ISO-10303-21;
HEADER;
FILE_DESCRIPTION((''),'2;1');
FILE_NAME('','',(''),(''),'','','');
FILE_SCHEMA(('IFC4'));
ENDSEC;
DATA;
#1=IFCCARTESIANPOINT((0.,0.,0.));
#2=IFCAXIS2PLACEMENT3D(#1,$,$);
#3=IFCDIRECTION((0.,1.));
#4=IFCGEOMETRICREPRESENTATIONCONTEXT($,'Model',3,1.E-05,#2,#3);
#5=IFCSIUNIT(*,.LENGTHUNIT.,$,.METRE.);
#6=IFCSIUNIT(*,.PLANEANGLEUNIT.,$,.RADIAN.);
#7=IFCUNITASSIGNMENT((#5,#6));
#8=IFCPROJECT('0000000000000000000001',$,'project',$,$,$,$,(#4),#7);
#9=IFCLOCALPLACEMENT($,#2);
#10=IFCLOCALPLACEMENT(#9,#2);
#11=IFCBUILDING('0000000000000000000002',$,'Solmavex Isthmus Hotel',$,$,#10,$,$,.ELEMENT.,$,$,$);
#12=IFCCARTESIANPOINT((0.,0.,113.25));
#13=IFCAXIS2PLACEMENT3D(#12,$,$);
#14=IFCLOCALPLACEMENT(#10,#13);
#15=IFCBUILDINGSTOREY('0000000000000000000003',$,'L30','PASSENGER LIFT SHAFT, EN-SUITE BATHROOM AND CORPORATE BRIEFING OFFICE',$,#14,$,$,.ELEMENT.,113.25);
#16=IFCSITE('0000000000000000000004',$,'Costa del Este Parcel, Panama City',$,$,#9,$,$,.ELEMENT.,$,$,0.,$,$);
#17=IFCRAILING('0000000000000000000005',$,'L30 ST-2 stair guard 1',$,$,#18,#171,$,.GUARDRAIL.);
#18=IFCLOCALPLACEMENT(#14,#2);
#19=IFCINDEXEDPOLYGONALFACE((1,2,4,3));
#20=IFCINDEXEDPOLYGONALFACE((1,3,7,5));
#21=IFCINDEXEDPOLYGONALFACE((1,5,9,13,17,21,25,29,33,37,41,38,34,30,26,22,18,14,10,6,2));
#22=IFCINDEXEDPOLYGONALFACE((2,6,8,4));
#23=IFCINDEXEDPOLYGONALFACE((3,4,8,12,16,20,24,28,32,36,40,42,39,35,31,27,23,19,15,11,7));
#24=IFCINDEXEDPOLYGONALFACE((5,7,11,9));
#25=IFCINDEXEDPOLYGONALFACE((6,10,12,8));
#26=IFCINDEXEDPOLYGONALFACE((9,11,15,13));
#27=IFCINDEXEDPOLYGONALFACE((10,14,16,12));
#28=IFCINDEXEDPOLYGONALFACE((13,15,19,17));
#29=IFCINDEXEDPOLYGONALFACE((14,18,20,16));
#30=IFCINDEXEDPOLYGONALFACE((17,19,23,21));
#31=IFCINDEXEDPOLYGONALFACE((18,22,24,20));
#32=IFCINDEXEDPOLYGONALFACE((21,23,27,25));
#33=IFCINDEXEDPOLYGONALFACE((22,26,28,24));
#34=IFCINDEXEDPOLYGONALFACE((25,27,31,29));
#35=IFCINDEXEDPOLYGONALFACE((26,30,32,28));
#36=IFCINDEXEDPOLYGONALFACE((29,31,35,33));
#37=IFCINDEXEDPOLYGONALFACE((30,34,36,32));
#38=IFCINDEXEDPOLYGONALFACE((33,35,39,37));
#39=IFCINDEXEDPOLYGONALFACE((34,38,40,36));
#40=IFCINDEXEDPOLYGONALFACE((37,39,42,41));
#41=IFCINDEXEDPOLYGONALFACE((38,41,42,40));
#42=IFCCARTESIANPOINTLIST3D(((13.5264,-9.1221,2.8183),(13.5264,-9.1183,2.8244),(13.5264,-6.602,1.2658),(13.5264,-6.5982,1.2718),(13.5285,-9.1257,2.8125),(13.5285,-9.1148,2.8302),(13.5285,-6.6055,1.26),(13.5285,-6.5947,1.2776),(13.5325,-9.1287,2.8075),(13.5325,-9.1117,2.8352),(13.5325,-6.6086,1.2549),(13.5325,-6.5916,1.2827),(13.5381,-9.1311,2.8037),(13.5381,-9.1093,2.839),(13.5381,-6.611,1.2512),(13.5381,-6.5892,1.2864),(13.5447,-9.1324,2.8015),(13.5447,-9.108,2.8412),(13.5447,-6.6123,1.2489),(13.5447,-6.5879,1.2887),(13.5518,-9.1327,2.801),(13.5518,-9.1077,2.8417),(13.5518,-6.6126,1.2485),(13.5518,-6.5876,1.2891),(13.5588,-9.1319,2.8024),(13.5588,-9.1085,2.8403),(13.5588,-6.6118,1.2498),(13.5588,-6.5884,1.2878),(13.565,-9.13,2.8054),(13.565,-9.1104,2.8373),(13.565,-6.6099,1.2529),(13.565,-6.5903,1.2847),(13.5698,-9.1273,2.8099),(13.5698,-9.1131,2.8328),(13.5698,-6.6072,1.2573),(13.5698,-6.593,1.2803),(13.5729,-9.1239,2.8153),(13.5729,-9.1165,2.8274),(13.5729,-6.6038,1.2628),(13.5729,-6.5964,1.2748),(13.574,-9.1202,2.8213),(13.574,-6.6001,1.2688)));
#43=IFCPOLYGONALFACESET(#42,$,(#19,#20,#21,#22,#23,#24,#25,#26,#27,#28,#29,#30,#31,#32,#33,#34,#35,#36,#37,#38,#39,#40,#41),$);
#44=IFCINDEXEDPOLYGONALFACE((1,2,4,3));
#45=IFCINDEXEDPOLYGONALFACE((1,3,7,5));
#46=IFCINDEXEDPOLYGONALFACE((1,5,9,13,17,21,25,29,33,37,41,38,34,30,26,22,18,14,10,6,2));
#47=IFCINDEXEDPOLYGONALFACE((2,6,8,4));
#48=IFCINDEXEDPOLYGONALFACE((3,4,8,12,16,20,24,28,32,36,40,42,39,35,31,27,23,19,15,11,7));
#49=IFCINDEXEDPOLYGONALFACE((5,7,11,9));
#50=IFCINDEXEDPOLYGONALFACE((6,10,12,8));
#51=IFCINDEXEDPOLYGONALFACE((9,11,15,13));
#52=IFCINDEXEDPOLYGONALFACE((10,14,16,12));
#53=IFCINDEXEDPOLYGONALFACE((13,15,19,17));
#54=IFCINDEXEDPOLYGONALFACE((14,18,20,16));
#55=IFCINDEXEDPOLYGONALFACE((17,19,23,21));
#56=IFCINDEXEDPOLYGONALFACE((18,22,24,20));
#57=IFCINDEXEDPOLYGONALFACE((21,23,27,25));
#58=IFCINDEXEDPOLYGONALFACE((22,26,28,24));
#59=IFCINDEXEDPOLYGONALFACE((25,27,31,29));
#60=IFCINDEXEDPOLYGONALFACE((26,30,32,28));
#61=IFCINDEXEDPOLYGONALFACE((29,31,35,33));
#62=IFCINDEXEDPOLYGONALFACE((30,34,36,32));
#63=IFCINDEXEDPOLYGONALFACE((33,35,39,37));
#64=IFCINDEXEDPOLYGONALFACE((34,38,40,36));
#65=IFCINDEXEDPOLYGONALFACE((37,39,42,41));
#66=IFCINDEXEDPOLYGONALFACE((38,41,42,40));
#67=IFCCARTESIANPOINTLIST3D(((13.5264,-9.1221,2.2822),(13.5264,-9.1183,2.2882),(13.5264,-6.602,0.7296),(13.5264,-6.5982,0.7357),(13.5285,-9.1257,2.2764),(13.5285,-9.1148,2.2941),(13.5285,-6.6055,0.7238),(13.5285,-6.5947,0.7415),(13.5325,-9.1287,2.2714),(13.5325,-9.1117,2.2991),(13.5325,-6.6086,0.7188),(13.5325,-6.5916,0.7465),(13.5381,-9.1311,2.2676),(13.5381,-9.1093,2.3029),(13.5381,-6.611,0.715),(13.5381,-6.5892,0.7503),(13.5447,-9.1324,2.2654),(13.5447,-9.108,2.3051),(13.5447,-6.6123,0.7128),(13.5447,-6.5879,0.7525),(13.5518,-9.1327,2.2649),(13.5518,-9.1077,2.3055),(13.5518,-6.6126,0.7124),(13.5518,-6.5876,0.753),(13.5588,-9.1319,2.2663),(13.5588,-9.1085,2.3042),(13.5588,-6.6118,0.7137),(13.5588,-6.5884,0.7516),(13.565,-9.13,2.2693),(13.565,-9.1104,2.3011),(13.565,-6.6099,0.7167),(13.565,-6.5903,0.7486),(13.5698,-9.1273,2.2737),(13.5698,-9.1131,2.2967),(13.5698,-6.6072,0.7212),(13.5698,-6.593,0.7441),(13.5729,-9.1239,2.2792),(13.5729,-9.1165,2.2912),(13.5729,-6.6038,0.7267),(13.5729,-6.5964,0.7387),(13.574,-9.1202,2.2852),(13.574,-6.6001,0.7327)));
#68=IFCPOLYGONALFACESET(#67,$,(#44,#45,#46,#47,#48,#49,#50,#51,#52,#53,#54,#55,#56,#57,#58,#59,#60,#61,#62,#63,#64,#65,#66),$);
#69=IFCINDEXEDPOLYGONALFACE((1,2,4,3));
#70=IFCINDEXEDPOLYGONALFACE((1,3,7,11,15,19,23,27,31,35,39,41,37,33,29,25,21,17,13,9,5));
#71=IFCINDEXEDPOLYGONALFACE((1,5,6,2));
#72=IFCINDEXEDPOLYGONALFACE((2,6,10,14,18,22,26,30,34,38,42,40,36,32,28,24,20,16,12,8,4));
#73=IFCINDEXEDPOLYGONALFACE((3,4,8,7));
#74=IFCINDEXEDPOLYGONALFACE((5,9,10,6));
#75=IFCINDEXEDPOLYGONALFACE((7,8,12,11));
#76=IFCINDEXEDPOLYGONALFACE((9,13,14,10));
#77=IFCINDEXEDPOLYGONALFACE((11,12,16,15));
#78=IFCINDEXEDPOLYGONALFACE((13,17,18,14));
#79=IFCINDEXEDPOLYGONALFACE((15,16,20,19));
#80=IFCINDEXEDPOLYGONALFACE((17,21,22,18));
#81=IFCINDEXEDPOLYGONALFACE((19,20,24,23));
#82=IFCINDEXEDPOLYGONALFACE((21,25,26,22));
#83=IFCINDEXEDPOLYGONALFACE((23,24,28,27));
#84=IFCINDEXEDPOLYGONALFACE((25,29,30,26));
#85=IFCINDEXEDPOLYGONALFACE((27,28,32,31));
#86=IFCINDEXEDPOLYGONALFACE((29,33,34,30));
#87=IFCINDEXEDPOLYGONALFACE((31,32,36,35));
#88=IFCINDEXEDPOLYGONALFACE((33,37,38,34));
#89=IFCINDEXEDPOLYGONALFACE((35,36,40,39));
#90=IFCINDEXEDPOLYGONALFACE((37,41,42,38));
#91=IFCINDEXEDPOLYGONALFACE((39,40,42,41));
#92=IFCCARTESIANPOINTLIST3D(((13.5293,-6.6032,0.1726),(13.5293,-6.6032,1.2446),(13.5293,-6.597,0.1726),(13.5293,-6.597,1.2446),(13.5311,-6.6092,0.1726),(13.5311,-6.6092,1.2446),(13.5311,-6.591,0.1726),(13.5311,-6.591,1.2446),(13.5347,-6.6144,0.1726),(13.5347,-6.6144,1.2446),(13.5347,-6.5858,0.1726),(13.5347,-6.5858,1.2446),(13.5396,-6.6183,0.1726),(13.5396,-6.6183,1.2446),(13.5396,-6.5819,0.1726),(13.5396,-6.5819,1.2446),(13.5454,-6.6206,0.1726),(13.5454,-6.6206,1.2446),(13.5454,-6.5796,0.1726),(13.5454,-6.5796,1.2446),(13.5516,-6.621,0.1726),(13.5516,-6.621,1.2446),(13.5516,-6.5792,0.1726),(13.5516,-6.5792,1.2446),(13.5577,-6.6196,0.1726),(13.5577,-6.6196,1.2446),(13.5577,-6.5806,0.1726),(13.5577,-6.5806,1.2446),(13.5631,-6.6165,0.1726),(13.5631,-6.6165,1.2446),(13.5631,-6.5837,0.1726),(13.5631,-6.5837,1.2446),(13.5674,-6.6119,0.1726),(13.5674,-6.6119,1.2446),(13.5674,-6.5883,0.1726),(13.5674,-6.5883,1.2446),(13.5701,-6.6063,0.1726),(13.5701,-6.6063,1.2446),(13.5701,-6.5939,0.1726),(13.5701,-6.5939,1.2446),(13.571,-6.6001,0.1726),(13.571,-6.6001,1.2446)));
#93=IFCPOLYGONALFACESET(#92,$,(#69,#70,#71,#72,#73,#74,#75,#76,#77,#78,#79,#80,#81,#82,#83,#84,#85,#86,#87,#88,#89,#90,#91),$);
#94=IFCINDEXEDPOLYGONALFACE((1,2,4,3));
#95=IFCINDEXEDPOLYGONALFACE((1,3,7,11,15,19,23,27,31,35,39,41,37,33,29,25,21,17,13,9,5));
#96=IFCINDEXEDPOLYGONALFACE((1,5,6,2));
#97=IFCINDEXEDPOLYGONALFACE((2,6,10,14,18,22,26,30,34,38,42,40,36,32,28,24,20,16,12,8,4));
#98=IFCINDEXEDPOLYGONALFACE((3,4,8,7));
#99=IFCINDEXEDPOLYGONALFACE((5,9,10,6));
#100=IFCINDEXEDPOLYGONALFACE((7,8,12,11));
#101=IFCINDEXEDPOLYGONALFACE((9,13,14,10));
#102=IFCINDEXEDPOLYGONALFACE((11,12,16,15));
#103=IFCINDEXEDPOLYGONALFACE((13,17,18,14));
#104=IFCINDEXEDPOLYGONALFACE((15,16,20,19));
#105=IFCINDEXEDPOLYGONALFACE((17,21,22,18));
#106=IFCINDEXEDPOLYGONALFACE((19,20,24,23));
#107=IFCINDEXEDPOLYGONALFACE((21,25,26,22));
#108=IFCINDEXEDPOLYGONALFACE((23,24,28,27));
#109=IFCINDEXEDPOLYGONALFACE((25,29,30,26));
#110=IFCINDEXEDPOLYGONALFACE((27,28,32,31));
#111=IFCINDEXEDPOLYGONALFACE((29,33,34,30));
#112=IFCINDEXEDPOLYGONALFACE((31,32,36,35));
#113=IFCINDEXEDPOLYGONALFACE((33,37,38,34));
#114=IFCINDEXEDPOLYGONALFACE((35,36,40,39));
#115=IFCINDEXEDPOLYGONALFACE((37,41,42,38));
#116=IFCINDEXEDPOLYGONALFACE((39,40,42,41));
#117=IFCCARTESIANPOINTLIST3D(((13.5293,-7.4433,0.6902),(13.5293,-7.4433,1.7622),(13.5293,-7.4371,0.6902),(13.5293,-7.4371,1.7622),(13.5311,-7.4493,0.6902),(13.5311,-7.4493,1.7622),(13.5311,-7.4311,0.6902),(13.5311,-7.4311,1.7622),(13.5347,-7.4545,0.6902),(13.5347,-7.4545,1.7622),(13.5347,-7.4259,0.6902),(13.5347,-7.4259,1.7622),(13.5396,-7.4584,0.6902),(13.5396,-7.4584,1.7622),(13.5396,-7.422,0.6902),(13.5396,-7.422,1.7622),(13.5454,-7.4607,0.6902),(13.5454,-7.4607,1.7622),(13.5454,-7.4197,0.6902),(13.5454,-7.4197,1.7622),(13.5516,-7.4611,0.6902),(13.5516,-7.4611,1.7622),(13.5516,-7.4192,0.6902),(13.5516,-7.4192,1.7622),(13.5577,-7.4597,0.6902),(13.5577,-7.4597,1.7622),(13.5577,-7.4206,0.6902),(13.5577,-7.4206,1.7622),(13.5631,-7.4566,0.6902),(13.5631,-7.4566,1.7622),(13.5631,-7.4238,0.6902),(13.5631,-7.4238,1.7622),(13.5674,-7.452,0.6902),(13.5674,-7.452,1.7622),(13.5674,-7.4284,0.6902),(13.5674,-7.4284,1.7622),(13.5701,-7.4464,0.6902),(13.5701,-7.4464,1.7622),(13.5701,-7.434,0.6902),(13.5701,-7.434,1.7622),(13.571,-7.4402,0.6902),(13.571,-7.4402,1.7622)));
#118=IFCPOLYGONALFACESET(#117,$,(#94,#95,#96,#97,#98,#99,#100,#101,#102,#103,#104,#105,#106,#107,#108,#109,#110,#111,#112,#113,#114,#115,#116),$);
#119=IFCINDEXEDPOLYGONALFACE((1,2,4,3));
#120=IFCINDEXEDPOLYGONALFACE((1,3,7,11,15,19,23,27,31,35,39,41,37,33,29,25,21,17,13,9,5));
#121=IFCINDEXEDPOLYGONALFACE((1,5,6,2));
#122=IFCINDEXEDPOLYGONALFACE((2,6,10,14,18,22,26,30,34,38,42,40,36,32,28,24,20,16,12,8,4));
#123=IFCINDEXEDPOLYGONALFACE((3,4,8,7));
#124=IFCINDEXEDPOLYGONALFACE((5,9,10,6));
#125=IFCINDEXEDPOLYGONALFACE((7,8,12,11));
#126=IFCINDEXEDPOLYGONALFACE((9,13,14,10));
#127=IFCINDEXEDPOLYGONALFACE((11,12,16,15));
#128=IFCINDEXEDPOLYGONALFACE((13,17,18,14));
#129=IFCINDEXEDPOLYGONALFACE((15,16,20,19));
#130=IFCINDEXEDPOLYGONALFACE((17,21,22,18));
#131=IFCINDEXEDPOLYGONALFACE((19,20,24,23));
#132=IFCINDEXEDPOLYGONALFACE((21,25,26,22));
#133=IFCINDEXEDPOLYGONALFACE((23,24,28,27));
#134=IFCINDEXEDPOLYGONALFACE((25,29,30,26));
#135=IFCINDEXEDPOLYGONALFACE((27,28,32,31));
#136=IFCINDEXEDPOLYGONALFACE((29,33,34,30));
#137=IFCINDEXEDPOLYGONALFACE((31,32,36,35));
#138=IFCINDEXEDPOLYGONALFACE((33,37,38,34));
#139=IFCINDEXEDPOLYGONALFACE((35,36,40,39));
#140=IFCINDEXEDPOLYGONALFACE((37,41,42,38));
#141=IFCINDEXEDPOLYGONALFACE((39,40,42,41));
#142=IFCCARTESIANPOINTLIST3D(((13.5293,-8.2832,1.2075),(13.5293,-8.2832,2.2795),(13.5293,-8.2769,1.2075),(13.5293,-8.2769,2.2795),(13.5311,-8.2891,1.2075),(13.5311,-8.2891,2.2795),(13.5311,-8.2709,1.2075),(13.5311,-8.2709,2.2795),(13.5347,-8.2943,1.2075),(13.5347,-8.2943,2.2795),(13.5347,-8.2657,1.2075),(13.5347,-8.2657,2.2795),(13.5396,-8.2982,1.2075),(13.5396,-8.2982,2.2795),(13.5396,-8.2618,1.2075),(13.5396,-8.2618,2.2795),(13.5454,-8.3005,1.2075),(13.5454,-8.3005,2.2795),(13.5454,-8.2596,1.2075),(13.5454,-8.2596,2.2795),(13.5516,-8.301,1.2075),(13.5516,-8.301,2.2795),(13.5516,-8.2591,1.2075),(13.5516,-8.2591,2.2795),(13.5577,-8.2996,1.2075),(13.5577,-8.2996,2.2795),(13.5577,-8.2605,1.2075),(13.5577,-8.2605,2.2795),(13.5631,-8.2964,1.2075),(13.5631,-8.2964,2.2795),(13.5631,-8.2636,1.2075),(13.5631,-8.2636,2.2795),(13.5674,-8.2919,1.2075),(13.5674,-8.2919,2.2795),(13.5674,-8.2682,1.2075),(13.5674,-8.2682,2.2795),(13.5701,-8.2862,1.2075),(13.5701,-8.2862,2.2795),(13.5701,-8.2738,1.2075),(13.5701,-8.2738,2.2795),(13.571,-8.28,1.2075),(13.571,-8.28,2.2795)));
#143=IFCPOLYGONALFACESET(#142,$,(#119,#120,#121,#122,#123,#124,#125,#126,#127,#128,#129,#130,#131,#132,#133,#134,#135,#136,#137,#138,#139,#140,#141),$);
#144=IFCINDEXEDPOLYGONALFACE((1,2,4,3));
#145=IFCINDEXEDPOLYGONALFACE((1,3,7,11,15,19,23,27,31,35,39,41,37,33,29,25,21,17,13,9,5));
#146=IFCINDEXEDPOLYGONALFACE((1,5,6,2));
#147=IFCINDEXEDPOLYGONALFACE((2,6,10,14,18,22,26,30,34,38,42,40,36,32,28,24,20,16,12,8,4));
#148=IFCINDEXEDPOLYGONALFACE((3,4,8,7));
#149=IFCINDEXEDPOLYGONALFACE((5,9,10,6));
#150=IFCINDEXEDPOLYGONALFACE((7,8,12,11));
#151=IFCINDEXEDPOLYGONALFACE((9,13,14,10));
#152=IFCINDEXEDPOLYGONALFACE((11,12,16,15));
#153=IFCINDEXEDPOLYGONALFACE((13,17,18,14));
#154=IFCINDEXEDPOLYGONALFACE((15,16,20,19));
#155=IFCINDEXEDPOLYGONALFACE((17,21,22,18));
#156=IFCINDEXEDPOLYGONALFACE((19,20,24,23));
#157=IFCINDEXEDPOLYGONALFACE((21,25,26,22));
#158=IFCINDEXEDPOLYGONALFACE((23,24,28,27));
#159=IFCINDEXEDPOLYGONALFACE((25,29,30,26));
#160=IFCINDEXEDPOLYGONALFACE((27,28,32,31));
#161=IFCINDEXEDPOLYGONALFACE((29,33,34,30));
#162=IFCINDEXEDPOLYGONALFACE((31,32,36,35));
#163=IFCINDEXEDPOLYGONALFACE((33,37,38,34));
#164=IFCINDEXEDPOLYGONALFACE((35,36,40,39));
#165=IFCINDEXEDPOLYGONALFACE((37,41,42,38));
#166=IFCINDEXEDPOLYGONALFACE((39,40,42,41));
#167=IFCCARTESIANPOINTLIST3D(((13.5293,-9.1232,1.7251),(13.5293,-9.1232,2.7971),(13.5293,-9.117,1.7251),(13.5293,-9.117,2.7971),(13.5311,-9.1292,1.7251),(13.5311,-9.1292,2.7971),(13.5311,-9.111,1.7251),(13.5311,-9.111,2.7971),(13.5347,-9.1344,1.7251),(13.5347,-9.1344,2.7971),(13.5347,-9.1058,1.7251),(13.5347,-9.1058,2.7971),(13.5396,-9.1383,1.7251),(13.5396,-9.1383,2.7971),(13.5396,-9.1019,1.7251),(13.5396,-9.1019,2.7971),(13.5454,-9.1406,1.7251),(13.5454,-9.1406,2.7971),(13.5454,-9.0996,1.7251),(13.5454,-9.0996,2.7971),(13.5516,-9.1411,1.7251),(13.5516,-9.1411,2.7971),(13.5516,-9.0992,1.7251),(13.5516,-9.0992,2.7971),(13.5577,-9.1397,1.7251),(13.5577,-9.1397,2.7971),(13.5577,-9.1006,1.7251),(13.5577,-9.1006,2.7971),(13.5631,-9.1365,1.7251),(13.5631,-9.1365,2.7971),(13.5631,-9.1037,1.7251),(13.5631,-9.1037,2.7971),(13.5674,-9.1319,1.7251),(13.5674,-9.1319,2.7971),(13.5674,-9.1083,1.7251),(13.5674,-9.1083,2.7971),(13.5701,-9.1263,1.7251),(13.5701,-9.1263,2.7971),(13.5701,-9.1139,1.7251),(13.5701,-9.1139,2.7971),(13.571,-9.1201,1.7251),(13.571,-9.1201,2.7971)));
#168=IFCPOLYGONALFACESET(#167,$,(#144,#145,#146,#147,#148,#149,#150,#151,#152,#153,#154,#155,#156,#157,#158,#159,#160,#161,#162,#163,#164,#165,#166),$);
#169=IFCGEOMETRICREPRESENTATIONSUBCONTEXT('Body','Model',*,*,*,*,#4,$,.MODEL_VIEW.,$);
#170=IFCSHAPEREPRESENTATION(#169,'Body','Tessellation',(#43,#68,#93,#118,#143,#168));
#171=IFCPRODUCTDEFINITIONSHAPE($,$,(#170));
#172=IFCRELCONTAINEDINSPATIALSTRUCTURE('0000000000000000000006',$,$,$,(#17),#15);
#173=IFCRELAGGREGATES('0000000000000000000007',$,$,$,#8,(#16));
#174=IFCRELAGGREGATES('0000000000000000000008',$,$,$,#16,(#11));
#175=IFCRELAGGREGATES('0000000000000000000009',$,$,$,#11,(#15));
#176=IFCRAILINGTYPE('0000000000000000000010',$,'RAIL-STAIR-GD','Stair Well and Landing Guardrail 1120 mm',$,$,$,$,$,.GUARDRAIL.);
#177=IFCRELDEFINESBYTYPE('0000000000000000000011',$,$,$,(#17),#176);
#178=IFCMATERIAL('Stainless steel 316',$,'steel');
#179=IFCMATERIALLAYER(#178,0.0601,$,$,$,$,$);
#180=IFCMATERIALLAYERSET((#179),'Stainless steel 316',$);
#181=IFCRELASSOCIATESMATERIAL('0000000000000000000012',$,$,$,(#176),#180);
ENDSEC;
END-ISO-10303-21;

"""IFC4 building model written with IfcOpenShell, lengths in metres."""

from ifc_helpers import new_model, si_unit, direction, frame, origin, origin_2d, place, context, subcontext, project, spatial, circle, extrude, material, layer, layer_set, type_object, element, save


model = new_model("IFC4")

# Units and contexts
model_context = context("Model", 3, precision=1e-05, world=origin(), true_north=direction((0.0, 1.0)))
body_context = subcontext(model_context, "Body", "Model", "MODEL_VIEW")
ifc_project = project(units=[si_unit("LENGTHUNIT", "METRE"), si_unit("PLANEANGLEUNIT", "RADIAN")], contexts=[model_context])

# Site, building, storey
site_placement = place(None, origin())
site = spatial("IfcSite", under=ifc_project, at=site_placement, Name="Costa del Este Parcel, Panama City", CompositionType="ELEMENT", RefElevation=0.0)
building_placement = place(site_placement, origin())
building = spatial("IfcBuilding", under=site, at=building_placement, Name="Solmavex Isthmus Hotel", CompositionType="ELEMENT")
storey_placement = place(building_placement, frame((0.0, 0.0, 113.25)))
storey = spatial("IfcBuildingStorey", under=building, at=storey_placement, Name="L30", Description="PASSENGER LIFT SHAFT, EN-SUITE BATHROOM AND CORPORATE BRIEFING OFFICE", CompositionType="ELEMENT", Elevation=113.25)

# Shared definitions
ifc_material_1 = material(Name="Stainless steel 316", Category="steel")

# Railing
ifc_layer_1 = layer(ifc_material_1, 0.0601)
ifc_layer_set_1 = layer_set([ifc_layer_1], Name="Stainless steel 316")
railing_type_1 = type_object("IfcRailingType", Name="RAIL-STAIR-GD", Description="Stair Well and Landing Guardrail 1120 mm", PredefinedType="GUARDRAIL", material=ifc_layer_set_1)
railing_1_placement = place(storey_placement, frame((13.55, -6.6001, 0.1726)))
element("IfcRailing", 1, at=railing_1_placement, inside=storey, type_object=railing_type_1, Name="L30 ST-2 stair guard 1", PredefinedType="GUARDRAIL", context=body_context, shape_type="SweptSolid", body=[
    extrude(circle(Radius=0.0239, at=origin_2d()), frame((0.0, 0.0, 1.0962), z_axis=(0.0, -0.8514, 0.524516), x_axis=(1.0, 0.0, 0.0)), (0.0, 0.0, 1.0), 2.96),
    extrude(circle(Radius=0.0239, at=origin_2d()), frame((0.0, 0.0, 0.5601), z_axis=(0.0, -0.8514, 0.524516), x_axis=(1.0, 0.0, 0.0)), (0.0, 0.0, 1.0), 2.96),
    extrude(circle(Radius=0.021, at=origin_2d()), origin(), (0.0, 0.0, 1.0), 1.072),
    extrude(circle(Radius=0.021, at=origin_2d()), frame((0.0, -0.8401, 0.5176)), (0.0, 0.0, 1.0), 1.072),
    extrude(circle(Radius=0.021, at=origin_2d()), frame((0.0, -1.6799, 1.0349)), (0.0, 0.0, 1.0), 1.072),
    extrude(circle(Radius=0.021, at=origin_2d()), frame((0.0, -2.52, 1.5525)), (0.0, 0.0, 1.0), 1.072),
])

save(model, "model.ifc")
